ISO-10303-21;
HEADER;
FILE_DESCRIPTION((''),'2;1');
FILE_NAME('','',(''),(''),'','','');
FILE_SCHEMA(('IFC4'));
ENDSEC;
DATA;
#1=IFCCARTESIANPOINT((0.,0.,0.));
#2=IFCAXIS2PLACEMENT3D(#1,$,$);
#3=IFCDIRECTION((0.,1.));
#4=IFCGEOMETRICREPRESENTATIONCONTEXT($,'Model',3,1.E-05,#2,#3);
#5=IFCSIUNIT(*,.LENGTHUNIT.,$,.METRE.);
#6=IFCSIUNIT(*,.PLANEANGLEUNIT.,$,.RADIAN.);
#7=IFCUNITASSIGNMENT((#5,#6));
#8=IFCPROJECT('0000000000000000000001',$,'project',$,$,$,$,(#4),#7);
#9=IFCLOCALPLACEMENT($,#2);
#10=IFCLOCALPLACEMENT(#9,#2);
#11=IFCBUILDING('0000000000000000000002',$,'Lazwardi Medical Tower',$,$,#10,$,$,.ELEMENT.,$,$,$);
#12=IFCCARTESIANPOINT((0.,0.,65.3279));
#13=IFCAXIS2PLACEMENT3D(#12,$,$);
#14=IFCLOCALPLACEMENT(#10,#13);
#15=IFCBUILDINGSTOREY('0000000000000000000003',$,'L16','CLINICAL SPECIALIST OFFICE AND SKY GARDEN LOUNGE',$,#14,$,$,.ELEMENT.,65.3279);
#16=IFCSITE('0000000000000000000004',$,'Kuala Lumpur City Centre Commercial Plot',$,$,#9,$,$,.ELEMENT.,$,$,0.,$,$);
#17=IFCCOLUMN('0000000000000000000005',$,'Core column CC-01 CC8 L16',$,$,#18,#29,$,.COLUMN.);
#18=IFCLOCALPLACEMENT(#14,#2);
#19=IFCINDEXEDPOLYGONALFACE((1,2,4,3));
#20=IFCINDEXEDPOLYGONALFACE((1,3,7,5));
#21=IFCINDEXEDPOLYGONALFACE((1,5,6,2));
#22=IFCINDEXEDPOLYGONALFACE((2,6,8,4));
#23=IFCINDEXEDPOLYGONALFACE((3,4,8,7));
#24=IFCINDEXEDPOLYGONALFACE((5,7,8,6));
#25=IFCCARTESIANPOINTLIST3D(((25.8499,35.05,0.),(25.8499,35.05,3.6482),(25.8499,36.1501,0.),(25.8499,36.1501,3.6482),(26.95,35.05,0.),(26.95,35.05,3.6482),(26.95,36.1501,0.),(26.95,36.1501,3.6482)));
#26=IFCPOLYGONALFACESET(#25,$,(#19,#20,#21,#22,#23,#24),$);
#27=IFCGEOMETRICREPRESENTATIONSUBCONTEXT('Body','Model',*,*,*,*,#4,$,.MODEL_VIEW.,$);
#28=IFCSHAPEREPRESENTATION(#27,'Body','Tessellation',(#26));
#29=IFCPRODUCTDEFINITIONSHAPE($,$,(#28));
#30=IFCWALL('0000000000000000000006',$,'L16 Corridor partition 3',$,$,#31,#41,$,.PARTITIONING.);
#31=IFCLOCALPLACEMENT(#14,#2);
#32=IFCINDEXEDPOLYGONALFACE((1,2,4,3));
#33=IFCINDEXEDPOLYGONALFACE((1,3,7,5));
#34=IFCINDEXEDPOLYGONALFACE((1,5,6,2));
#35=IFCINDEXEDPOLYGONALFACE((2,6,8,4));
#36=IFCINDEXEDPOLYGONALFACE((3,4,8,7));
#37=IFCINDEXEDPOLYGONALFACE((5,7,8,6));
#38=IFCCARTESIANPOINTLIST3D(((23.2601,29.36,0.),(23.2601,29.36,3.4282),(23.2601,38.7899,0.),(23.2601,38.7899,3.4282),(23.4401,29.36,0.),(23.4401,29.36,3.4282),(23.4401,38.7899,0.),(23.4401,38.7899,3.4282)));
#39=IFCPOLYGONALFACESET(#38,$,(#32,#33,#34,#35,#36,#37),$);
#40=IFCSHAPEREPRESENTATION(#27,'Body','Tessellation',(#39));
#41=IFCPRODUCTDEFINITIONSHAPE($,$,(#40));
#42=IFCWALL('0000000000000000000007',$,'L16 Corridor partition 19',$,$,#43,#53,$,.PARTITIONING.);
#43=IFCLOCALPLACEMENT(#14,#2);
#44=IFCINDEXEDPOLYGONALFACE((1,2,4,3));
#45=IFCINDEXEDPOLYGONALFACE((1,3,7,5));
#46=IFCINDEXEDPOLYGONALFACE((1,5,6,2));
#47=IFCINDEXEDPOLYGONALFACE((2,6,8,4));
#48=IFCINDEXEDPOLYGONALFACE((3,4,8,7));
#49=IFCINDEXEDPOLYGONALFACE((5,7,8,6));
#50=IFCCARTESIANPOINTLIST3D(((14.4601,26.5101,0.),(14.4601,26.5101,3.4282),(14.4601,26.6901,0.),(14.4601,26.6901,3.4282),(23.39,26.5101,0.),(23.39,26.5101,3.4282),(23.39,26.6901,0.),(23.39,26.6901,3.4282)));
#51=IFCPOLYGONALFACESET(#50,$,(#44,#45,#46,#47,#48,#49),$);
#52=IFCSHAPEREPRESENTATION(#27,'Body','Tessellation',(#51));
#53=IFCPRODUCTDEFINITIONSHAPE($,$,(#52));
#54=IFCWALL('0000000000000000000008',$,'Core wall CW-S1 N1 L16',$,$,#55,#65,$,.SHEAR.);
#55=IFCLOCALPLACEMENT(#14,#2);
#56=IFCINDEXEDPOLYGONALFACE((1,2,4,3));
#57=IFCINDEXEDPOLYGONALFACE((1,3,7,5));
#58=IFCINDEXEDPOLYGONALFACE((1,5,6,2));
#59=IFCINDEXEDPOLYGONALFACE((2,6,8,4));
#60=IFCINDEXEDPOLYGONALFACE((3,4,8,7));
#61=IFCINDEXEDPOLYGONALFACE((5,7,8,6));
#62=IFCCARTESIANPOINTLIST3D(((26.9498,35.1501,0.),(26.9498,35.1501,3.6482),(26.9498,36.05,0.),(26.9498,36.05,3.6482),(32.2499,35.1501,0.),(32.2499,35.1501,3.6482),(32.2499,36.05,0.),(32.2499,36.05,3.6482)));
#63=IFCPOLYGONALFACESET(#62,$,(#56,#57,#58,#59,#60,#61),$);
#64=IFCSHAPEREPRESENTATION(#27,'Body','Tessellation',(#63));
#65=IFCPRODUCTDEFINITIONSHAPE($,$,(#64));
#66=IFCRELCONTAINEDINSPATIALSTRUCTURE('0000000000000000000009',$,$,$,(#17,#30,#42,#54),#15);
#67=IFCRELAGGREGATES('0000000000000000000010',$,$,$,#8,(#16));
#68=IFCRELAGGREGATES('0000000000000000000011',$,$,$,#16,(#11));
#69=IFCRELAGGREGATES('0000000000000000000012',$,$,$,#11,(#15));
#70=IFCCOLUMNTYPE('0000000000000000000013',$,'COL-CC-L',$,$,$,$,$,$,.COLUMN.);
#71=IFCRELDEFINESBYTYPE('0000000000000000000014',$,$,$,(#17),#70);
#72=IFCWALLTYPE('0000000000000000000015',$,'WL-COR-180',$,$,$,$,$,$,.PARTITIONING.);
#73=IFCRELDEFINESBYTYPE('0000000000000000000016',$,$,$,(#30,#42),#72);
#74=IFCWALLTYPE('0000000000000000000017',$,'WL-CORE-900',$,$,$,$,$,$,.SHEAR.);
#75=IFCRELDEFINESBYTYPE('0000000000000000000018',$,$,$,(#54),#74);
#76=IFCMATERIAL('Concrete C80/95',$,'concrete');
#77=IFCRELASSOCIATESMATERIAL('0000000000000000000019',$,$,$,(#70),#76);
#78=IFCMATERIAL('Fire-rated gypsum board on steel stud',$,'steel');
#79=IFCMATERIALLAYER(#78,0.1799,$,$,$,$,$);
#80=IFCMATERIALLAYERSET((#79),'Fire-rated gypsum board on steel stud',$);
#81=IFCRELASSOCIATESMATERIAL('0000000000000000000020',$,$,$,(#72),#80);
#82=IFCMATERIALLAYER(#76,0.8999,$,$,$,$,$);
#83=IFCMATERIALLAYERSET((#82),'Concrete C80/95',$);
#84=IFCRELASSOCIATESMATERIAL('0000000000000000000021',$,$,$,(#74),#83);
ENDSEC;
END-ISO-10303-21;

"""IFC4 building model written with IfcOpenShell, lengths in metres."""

from ifc_helpers import new_model, si_unit, direction, frame, frame_2d, origin, origin_2d, place, context, subcontext, project, spatial, rectangle, extrude, material, layer, layer_set, material_profile, profile_set, type_object, element, save


model = new_model("IFC4")

# Units and contexts
model_context = context("Model", 3, precision=1e-05, world=origin(), true_north=direction((0.0, 1.0)))
body_context = subcontext(model_context, "Body", "Model", "MODEL_VIEW")
ifc_project = project(units=[si_unit("LENGTHUNIT", "METRE"), si_unit("PLANEANGLEUNIT", "RADIAN")], contexts=[model_context])

# Site, building, storey
site_placement = place(None, origin())
site = spatial("IfcSite", under=ifc_project, at=site_placement, Name="Kuala Lumpur City Centre Commercial Plot", CompositionType="ELEMENT", RefElevation=0.0)
building_placement = place(site_placement, origin())
building = spatial("IfcBuilding", under=site, at=building_placement, Name="Lazwardi Medical Tower", CompositionType="ELEMENT")
storey_placement = place(building_placement, frame((0.0, 0.0, 65.3279)))
storey = spatial("IfcBuildingStorey", under=building, at=storey_placement, Name="L16", Description="CLINICAL SPECIALIST OFFICE AND SKY GARDEN LOUNGE", CompositionType="ELEMENT", Elevation=65.3279)

# Column
ifc_material_1 = material(Name="Concrete C80/95", Category="concrete")
ifc_material_profile = material_profile(ifc_material_1, rectangle(XDim=1.1001, YDim=1.1001, at=origin_2d()), Name="RC 1100x1100")
ifc_profile_set = profile_set([ifc_material_profile], Name="Concrete C80/95")
column_type = type_object("IfcColumnType", Name="COL-CC-L", PredefinedType="COLUMN", material=ifc_profile_set)
column_placement = place(storey_placement, frame((26.3999, 35.6001, 0.0), z_axis=(0.0, 0.0, 1.0), x_axis=(1.0, 0.0, 0.0)))
element("IfcColumn", 1, at=column_placement, inside=storey, type_object=column_type, Name="Core column CC-01 CC8 L16", PredefinedType="COLUMN", context=body_context, shape_type="SweptSolid", body=[
    extrude(rectangle(XDim=1.1001, YDim=1.1001, at=origin_2d()), origin(), (0.0, 0.0, 1.0), 3.6482),
])

# Walls
ifc_material_2 = material(Name="Fire-rated gypsum board on steel stud", Category="steel")
ifc_layer_1 = layer(ifc_material_2, 0.1799)
ifc_layer_set_1 = layer_set([ifc_layer_1], Name="Fire-rated gypsum board on steel stud")
wall_type_1 = type_object("IfcWallType", Name="WL-COR-180", PredefinedType="PARTITIONING", material=ifc_layer_set_1)
wall_1_placement = place(storey_placement, frame((23.3501, 29.3601, 0.0), z_axis=(0.0, 0.0, 1.0), x_axis=(0.0, 1.0, 0.0)))
element("IfcWall", 2, at=wall_1_placement, inside=storey, type_object=wall_type_1, Name="L16 Corridor partition 3", PredefinedType="PARTITIONING", context=body_context, shape_type="SweptSolid", body=[
    extrude(rectangle(XDim=9.4299, YDim=0.1799, at=frame_2d((4.7148, 0.0))), origin(), (0.0, 0.0, 1.0), 3.4282),
])
wall_2_placement = place(storey_placement, frame((23.3899, 26.6001, 0.0), z_axis=(0.0, 0.0, 1.0), x_axis=(-1.0, 0.0, 0.0)))
element("IfcWall", 3, at=wall_2_placement, inside=storey, type_object=wall_type_1, Name="L16 Corridor partition 19", PredefinedType="PARTITIONING", context=body_context, shape_type="SweptSolid", body=[
    extrude(rectangle(XDim=8.9299, YDim=0.1799, at=frame_2d((4.4648, 0.0))), origin(), (0.0, 0.0, 1.0), 3.4282),
])
ifc_layer_2 = layer(ifc_material_1, 0.8999)
ifc_layer_set_2 = layer_set([ifc_layer_2], Name="Concrete C80/95")
wall_type_2 = type_object("IfcWallType", Name="WL-CORE-900", PredefinedType="SHEAR", material=ifc_layer_set_2)
wall_3_placement = place(storey_placement, frame((26.95, 35.6001, 0.0), z_axis=(0.0, 0.0, 1.0), x_axis=(1.0, 0.0, 0.0)))
element("IfcWall", 4, at=wall_3_placement, inside=storey, type_object=wall_type_2, Name="Core wall CW-S1 N1 L16", PredefinedType="SHEAR", context=body_context, shape_type="SweptSolid", body=[
    extrude(rectangle(XDim=5.3, YDim=0.8999, at=frame_2d((2.6499, 0.0))), origin(), (0.0, 0.0, 1.0), 3.6482),
])

save(model, "model.ifc")
